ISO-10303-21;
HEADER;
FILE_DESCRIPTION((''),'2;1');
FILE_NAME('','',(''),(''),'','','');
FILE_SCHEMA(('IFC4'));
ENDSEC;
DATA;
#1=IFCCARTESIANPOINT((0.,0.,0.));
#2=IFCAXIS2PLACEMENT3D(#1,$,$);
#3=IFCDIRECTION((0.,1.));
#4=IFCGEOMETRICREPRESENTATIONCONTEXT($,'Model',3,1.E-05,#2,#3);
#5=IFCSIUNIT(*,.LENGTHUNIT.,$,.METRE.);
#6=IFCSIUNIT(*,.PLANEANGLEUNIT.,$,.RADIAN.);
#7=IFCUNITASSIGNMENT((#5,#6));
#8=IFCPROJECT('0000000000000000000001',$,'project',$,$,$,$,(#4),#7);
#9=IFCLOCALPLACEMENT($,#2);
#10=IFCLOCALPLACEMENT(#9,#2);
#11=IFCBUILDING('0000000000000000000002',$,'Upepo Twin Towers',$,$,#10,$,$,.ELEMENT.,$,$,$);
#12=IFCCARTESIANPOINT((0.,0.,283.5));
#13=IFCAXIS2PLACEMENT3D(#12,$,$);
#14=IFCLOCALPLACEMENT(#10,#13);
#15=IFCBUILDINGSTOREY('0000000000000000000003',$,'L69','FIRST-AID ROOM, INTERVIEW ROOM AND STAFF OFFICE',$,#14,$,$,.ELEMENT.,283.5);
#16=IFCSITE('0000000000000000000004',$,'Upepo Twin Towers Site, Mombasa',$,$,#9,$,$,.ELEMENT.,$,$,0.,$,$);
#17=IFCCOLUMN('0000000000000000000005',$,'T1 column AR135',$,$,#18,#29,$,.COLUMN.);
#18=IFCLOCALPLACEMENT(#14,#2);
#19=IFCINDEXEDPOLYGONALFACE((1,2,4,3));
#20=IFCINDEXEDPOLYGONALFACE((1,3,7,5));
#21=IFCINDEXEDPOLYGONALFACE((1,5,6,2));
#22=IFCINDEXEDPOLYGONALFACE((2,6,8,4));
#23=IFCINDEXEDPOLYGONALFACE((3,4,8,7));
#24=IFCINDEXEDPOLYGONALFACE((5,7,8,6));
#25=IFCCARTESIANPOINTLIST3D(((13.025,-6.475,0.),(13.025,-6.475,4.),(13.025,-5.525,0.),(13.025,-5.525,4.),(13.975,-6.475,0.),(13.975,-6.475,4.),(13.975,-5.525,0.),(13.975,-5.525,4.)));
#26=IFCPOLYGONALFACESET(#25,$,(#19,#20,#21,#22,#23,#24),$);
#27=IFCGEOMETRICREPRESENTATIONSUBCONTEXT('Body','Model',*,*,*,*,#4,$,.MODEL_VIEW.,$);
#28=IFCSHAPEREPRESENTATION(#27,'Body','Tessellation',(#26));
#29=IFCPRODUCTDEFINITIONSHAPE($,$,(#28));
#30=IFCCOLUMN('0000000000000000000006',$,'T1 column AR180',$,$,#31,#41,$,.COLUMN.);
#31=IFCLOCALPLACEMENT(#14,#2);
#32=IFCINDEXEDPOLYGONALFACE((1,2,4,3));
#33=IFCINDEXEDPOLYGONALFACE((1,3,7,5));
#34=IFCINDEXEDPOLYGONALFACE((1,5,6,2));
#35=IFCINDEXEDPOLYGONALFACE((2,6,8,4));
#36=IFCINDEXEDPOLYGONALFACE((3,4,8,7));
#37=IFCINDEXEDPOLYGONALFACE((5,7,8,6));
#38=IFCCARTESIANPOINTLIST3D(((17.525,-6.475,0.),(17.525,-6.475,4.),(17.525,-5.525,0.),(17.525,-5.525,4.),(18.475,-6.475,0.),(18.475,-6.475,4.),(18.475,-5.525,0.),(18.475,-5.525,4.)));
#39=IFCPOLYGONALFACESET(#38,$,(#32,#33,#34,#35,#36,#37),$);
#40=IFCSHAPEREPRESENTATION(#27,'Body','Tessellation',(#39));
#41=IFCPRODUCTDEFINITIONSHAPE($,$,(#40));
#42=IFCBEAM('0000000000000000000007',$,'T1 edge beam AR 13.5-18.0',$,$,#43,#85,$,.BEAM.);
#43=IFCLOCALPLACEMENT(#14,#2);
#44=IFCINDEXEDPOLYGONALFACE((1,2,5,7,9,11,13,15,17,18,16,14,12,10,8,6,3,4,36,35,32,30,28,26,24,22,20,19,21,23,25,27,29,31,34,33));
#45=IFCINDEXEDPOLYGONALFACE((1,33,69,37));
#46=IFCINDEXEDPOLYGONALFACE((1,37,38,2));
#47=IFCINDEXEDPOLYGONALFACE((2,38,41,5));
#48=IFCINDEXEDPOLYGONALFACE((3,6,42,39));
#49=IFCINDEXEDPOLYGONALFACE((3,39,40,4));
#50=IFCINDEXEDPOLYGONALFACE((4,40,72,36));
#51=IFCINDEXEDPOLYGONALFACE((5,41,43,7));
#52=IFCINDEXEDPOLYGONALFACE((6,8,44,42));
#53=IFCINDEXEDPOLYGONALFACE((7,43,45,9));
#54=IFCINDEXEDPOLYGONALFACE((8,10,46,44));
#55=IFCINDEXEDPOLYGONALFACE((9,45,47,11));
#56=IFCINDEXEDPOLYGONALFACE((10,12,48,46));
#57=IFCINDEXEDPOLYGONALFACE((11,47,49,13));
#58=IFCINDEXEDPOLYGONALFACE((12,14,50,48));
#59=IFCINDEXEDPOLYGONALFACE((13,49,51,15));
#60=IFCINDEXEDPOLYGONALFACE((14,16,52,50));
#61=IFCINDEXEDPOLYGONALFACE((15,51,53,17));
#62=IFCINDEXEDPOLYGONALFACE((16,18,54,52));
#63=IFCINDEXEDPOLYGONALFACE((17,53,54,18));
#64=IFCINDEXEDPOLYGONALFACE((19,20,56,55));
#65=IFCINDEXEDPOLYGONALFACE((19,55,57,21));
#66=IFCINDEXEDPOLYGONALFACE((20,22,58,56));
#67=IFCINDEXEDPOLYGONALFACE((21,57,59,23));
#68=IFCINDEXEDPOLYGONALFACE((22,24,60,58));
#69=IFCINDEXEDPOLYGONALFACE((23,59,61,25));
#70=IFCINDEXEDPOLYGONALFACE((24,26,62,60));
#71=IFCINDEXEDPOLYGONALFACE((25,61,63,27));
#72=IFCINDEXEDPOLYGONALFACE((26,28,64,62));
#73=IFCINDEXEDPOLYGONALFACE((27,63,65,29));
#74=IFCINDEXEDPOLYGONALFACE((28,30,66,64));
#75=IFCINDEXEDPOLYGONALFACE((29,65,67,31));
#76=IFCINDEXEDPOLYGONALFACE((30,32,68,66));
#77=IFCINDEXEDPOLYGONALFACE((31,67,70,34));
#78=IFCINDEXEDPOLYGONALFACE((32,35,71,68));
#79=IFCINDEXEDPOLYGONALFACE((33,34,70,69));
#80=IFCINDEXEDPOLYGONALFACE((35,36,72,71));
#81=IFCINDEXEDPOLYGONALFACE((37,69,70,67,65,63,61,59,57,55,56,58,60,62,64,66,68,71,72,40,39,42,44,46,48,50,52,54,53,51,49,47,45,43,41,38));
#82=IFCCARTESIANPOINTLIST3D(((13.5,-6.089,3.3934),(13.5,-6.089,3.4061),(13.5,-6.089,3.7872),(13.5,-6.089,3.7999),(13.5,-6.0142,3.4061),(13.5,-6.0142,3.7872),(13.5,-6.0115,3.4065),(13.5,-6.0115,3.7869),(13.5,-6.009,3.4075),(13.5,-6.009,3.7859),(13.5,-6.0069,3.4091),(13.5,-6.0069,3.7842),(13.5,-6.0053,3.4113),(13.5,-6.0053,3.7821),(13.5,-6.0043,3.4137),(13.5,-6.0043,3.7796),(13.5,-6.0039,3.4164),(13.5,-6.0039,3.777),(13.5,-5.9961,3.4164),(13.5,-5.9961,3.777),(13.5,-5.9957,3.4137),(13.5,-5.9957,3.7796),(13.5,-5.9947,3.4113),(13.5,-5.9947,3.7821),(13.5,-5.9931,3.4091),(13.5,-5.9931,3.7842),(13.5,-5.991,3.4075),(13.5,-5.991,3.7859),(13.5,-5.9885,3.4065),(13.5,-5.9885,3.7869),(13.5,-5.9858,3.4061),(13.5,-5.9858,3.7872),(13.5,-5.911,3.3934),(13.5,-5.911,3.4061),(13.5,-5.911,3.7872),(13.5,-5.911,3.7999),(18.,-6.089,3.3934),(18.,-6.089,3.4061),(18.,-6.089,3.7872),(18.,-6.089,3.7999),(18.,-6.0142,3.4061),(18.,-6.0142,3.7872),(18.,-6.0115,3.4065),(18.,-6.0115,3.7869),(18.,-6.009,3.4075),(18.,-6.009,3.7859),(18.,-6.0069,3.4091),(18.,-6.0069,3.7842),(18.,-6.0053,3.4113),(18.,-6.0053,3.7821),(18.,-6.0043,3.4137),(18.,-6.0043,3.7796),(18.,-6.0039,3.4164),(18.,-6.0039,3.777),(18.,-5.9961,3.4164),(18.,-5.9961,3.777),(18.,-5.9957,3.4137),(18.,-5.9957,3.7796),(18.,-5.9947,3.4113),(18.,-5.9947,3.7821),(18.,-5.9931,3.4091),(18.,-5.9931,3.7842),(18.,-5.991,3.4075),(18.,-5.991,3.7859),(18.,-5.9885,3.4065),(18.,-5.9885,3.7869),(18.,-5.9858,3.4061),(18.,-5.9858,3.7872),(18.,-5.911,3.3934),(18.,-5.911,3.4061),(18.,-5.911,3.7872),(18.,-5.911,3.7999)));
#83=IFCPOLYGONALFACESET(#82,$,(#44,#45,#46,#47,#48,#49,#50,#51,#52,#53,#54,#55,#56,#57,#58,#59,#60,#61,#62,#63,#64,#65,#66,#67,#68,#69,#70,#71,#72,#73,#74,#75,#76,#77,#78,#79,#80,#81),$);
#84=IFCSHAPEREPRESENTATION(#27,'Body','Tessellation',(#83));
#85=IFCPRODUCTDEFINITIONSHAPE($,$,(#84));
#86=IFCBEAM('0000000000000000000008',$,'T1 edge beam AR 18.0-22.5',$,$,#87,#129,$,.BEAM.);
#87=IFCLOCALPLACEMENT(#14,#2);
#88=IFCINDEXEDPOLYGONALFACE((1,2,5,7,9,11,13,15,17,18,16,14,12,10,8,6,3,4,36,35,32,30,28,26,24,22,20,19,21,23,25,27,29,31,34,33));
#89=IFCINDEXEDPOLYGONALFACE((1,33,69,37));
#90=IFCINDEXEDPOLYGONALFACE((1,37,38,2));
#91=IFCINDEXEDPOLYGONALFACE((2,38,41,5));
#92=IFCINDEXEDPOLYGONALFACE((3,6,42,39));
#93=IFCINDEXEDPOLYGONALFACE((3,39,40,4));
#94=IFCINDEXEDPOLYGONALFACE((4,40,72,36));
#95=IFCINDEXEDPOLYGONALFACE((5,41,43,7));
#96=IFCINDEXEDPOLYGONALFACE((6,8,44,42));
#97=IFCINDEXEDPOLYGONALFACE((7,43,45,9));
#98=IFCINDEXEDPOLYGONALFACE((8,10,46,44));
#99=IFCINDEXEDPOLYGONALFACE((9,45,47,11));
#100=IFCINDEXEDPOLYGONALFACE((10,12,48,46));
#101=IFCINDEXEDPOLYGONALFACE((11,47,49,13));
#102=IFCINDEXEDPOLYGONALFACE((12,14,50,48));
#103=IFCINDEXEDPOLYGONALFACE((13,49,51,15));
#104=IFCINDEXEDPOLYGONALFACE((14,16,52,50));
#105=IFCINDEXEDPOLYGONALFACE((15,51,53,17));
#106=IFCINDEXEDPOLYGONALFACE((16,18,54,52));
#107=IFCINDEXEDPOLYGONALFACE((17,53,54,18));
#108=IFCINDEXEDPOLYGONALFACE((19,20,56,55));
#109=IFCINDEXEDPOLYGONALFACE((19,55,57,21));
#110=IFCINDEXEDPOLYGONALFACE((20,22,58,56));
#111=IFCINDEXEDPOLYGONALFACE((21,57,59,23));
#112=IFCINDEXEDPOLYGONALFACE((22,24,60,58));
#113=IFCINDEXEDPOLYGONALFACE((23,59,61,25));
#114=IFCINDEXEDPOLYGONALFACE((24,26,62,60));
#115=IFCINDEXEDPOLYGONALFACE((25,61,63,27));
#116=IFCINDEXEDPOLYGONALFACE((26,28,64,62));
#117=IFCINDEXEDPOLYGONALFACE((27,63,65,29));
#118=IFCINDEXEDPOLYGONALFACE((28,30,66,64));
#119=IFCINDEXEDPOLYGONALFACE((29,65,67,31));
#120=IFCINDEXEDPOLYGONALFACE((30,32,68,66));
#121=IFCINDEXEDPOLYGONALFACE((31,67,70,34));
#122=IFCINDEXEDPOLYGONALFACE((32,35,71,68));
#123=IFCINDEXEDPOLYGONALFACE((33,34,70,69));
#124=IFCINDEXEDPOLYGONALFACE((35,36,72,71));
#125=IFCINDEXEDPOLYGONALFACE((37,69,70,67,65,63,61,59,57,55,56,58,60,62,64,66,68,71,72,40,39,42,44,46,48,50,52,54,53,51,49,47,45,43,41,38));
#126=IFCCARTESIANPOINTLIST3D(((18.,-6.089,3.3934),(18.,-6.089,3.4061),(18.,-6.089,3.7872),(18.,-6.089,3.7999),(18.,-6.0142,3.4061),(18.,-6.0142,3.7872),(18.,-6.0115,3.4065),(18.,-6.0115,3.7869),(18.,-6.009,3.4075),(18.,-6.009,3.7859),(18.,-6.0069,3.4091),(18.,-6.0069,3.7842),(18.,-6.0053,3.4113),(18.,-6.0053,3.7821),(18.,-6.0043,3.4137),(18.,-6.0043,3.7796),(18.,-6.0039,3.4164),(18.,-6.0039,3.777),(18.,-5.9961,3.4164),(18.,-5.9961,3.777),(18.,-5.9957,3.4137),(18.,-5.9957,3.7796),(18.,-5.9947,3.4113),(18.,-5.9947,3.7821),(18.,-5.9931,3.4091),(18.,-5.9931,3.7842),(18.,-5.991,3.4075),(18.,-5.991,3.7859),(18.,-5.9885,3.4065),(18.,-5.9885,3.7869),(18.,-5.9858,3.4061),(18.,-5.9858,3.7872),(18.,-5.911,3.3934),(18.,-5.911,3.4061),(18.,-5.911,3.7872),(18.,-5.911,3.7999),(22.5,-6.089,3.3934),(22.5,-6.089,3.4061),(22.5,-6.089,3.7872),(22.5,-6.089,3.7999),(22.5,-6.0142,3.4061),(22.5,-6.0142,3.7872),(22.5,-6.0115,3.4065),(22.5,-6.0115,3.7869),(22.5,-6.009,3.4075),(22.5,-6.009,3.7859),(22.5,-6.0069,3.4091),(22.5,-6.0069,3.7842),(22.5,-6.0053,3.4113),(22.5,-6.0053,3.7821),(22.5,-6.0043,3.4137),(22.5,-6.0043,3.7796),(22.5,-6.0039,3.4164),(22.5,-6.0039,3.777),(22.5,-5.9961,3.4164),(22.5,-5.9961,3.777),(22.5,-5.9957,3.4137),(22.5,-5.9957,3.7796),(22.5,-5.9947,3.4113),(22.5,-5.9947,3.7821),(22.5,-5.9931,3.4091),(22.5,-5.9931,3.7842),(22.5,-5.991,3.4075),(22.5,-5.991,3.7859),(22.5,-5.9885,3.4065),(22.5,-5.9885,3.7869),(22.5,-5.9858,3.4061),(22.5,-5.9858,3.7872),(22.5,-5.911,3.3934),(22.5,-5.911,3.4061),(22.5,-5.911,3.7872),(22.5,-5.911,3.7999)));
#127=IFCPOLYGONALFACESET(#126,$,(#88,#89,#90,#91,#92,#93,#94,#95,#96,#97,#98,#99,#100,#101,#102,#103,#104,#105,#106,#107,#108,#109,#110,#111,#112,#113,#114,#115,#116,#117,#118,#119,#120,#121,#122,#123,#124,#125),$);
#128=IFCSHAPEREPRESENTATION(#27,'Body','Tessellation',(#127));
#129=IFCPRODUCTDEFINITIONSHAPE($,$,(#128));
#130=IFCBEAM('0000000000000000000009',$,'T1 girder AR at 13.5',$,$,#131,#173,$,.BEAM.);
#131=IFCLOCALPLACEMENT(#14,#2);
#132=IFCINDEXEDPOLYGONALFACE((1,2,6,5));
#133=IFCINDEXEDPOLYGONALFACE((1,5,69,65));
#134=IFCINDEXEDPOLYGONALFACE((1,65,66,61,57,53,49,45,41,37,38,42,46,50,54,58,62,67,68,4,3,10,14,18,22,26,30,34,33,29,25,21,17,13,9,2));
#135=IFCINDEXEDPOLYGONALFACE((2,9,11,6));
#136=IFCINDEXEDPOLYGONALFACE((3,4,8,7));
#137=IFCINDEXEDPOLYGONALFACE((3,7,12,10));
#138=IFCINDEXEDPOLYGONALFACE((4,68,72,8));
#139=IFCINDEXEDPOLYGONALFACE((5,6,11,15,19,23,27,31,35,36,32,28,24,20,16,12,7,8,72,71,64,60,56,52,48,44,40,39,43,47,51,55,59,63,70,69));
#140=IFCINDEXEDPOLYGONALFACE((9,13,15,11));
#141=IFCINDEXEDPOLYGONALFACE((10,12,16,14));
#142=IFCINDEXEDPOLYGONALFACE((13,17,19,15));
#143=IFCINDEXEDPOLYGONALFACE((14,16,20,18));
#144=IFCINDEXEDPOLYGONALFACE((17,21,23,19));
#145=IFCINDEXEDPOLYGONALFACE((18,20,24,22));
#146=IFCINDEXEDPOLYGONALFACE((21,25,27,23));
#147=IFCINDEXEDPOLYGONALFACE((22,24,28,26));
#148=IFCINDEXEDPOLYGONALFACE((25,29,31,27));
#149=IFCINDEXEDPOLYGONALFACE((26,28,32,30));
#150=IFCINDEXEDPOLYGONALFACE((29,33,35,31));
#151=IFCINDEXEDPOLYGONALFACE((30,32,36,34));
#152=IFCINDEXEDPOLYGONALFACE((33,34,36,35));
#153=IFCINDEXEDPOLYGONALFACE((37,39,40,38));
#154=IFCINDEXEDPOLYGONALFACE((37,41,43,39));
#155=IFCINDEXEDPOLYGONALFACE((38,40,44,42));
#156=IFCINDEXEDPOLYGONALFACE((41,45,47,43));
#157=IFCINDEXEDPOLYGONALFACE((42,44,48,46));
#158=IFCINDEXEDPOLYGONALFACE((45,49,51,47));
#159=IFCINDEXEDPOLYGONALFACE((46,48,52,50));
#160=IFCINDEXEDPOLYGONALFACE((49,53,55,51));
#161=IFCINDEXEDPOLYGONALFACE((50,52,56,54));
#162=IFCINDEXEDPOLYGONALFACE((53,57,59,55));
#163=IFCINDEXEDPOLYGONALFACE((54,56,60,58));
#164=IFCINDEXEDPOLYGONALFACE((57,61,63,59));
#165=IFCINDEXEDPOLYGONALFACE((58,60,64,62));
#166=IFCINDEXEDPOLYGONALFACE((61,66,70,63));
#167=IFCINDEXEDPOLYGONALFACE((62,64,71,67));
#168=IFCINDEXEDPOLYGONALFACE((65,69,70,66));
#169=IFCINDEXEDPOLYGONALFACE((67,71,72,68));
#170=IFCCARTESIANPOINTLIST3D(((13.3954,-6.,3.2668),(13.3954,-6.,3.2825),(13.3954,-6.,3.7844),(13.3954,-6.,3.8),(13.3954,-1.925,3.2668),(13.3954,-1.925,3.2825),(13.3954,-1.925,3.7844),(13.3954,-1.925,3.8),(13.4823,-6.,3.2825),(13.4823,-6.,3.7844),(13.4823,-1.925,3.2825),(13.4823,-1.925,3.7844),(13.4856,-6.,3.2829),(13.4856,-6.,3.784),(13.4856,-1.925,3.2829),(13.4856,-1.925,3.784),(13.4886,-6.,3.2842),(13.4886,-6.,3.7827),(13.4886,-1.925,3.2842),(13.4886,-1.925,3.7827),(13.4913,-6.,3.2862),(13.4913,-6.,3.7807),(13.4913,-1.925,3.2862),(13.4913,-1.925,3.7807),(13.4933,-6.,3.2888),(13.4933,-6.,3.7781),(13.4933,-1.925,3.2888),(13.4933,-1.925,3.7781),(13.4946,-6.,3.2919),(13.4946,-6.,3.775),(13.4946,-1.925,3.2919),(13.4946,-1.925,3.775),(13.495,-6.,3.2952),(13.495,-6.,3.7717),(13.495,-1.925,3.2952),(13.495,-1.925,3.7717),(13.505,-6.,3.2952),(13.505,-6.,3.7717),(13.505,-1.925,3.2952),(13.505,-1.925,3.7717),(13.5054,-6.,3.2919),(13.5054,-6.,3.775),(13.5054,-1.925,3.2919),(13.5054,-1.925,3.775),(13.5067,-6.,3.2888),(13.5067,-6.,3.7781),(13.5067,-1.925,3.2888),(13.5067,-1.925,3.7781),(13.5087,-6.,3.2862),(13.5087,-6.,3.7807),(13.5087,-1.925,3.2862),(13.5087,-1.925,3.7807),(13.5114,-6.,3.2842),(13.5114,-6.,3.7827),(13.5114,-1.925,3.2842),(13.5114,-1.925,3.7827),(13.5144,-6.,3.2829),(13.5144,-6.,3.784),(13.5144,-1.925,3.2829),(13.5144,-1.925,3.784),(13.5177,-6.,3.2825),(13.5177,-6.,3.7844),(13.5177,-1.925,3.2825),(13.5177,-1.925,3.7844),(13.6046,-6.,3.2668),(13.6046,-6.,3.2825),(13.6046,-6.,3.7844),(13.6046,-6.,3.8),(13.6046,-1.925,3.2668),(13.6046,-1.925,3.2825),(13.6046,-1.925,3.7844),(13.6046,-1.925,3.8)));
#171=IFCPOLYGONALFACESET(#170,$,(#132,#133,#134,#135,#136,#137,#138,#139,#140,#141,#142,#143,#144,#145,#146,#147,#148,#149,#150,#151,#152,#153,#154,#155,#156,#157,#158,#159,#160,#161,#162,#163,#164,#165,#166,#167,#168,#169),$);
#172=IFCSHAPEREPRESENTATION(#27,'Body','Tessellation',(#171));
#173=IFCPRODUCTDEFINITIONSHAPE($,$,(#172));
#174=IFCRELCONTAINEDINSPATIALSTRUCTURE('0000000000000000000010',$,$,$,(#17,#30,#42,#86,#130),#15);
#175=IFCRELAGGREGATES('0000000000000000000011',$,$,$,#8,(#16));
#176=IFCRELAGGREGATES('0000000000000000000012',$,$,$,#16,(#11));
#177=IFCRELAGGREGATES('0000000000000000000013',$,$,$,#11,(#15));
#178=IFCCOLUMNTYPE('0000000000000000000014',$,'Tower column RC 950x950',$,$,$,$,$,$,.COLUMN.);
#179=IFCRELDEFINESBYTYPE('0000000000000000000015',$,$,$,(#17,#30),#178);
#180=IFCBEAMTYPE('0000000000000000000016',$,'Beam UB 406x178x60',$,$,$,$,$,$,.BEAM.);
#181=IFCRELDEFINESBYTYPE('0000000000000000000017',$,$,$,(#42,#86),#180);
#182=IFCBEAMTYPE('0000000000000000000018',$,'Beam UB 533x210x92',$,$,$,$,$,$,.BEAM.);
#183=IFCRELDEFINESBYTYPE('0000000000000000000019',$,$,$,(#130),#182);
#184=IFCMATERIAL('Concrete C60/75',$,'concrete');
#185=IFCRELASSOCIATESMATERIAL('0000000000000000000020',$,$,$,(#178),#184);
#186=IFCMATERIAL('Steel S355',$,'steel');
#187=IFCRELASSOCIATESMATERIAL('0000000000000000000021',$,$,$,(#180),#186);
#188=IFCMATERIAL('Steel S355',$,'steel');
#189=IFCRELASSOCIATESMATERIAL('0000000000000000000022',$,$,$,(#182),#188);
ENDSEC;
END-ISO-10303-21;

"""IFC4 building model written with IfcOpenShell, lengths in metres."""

from ifc_helpers import new_model, si_unit, direction, frame, origin, origin_2d, place, context, subcontext, project, spatial, rectangle, i_section, extrude, material, material_profile, profile_set, type_object, element, save


model = new_model("IFC4")

# Units and contexts
model_context = context("Model", 3, precision=1e-05, world=origin(), true_north=direction((0.0, 1.0)))
body_context = subcontext(model_context, "Body", "Model", "MODEL_VIEW")
ifc_project = project(units=[si_unit("LENGTHUNIT", "METRE"), si_unit("PLANEANGLEUNIT", "RADIAN")], contexts=[model_context])

# Site, building, storey
site_placement = place(None, origin())
site = spatial("IfcSite", under=ifc_project, at=site_placement, Name="Upepo Twin Towers Site, Mombasa", CompositionType="ELEMENT", RefElevation=0.0)
building_placement = place(site_placement, origin())
building = spatial("IfcBuilding", under=site, at=building_placement, Name="Upepo Twin Towers", CompositionType="ELEMENT")
storey_placement = place(building_placement, frame((0.0, 0.0, 283.5)))
storey = spatial("IfcBuildingStorey", under=building, at=storey_placement, Name="L69", Description="FIRST-AID ROOM, INTERVIEW ROOM AND STAFF OFFICE", CompositionType="ELEMENT", Elevation=283.5)

# Columns
ifc_material_1 = material(Name="Concrete C60/75", Category="concrete")
ifc_material_profile_1 = material_profile(ifc_material_1, rectangle(XDim=0.95, YDim=0.95, at=origin_2d()), Name="RC 950x950")
ifc_profile_set_1 = profile_set([ifc_material_profile_1], Name="Concrete C60/75")
column_type = type_object("IfcColumnType", Name="Tower column RC 950x950", PredefinedType="COLUMN", material=ifc_profile_set_1)
for number, where, z_axis, x_axis, name in (
    (1, (13.5, -6.0, 0.0), (0.0, 0.0, 1.0), (1.0, 0.0, 0.0), "T1 column AR135"),
    (2, (18.0, -6.0, 0.0), (0.0, 0.0, 1.0), (1.0, 0.0, 0.0), "T1 column AR180"),
):
    element("IfcColumn", number, at=place(storey_placement, frame(where, z_axis=z_axis, x_axis=x_axis)), inside=storey, type_object=column_type, Name=name, PredefinedType="COLUMN", context=body_context, shape_type="SweptSolid", body=[
        extrude(rectangle(XDim=0.95, YDim=0.95, at=origin_2d()), origin(), (0.0, 0.0, 1.0), 4.0),
    ])

# Beams
ifc_material_2 = material(Name="Steel S355", Category="steel")
ifc_material_profile_2 = material_profile(ifc_material_2, i_section(OverallWidth=0.178, OverallDepth=0.4065, WebThickness=0.0078, FlangeThickness=0.0127, FilletRadius=0.0103, at=origin_2d()), Name="UB 406x178x60")
ifc_profile_set_2 = profile_set([ifc_material_profile_2], Name="Steel S355")
beam_type_1 = type_object("IfcBeamType", Name="Beam UB 406x178x60", PredefinedType="BEAM", material=ifc_profile_set_2)
for number, where, z_axis, x_axis, name in (
    (3, (13.5, -6.0, 3.5967), (1.0, 0.0, 0.0), (0.0, 1.0, 0.0), "T1 edge beam AR 13.5-18.0"),
    (4, (18.0, -6.0, 3.5967), (1.0, 0.0, 0.0), (0.0, 1.0, 0.0), "T1 edge beam AR 18.0-22.5"),
):
    element("IfcBeam", number, at=place(storey_placement, frame(where, z_axis=z_axis, x_axis=x_axis)), inside=storey, type_object=beam_type_1, Name=name, PredefinedType="BEAM", context=body_context, shape_type="SweptSolid", body=[
        extrude(i_section(OverallWidth=0.178, OverallDepth=0.4065, WebThickness=0.0078, FlangeThickness=0.0127, FilletRadius=0.0103, at=origin_2d()), origin(), (0.0, 0.0, 1.0), 4.5),
    ])
ifc_material_3 = material(Name="Steel S355", Category="steel")
ifc_material_profile_3 = material_profile(ifc_material_3, i_section(OverallWidth=0.2092, OverallDepth=0.5332, WebThickness=0.01, FlangeThickness=0.0156, FilletRadius=0.0127, at=origin_2d()), Name="UB 533x210x92")
ifc_profile_set_3 = profile_set([ifc_material_profile_3], Name="Steel S355")
beam_type_2 = type_object("IfcBeamType", Name="Beam UB 533x210x92", PredefinedType="BEAM", material=ifc_profile_set_3)
for number, where, z_axis, x_axis, name in (
    (5, (13.5, -6.0, 3.5334), (0.0, 1.0, 0.0), (-1.0, 0.0, 0.0), "T1 girder AR at 13.5"),
):
    element("IfcBeam", number, at=place(storey_placement, frame(where, z_axis=z_axis, x_axis=x_axis)), inside=storey, type_object=beam_type_2, Name=name, PredefinedType="BEAM", context=body_context, shape_type="SweptSolid", body=[
        extrude(i_section(OverallWidth=0.2092, OverallDepth=0.5332, WebThickness=0.01, FlangeThickness=0.0156, FilletRadius=0.0127, at=origin_2d()), origin(), (0.0, 0.0, 1.0), 4.075),
    ])

save(model, "model.ifc")
